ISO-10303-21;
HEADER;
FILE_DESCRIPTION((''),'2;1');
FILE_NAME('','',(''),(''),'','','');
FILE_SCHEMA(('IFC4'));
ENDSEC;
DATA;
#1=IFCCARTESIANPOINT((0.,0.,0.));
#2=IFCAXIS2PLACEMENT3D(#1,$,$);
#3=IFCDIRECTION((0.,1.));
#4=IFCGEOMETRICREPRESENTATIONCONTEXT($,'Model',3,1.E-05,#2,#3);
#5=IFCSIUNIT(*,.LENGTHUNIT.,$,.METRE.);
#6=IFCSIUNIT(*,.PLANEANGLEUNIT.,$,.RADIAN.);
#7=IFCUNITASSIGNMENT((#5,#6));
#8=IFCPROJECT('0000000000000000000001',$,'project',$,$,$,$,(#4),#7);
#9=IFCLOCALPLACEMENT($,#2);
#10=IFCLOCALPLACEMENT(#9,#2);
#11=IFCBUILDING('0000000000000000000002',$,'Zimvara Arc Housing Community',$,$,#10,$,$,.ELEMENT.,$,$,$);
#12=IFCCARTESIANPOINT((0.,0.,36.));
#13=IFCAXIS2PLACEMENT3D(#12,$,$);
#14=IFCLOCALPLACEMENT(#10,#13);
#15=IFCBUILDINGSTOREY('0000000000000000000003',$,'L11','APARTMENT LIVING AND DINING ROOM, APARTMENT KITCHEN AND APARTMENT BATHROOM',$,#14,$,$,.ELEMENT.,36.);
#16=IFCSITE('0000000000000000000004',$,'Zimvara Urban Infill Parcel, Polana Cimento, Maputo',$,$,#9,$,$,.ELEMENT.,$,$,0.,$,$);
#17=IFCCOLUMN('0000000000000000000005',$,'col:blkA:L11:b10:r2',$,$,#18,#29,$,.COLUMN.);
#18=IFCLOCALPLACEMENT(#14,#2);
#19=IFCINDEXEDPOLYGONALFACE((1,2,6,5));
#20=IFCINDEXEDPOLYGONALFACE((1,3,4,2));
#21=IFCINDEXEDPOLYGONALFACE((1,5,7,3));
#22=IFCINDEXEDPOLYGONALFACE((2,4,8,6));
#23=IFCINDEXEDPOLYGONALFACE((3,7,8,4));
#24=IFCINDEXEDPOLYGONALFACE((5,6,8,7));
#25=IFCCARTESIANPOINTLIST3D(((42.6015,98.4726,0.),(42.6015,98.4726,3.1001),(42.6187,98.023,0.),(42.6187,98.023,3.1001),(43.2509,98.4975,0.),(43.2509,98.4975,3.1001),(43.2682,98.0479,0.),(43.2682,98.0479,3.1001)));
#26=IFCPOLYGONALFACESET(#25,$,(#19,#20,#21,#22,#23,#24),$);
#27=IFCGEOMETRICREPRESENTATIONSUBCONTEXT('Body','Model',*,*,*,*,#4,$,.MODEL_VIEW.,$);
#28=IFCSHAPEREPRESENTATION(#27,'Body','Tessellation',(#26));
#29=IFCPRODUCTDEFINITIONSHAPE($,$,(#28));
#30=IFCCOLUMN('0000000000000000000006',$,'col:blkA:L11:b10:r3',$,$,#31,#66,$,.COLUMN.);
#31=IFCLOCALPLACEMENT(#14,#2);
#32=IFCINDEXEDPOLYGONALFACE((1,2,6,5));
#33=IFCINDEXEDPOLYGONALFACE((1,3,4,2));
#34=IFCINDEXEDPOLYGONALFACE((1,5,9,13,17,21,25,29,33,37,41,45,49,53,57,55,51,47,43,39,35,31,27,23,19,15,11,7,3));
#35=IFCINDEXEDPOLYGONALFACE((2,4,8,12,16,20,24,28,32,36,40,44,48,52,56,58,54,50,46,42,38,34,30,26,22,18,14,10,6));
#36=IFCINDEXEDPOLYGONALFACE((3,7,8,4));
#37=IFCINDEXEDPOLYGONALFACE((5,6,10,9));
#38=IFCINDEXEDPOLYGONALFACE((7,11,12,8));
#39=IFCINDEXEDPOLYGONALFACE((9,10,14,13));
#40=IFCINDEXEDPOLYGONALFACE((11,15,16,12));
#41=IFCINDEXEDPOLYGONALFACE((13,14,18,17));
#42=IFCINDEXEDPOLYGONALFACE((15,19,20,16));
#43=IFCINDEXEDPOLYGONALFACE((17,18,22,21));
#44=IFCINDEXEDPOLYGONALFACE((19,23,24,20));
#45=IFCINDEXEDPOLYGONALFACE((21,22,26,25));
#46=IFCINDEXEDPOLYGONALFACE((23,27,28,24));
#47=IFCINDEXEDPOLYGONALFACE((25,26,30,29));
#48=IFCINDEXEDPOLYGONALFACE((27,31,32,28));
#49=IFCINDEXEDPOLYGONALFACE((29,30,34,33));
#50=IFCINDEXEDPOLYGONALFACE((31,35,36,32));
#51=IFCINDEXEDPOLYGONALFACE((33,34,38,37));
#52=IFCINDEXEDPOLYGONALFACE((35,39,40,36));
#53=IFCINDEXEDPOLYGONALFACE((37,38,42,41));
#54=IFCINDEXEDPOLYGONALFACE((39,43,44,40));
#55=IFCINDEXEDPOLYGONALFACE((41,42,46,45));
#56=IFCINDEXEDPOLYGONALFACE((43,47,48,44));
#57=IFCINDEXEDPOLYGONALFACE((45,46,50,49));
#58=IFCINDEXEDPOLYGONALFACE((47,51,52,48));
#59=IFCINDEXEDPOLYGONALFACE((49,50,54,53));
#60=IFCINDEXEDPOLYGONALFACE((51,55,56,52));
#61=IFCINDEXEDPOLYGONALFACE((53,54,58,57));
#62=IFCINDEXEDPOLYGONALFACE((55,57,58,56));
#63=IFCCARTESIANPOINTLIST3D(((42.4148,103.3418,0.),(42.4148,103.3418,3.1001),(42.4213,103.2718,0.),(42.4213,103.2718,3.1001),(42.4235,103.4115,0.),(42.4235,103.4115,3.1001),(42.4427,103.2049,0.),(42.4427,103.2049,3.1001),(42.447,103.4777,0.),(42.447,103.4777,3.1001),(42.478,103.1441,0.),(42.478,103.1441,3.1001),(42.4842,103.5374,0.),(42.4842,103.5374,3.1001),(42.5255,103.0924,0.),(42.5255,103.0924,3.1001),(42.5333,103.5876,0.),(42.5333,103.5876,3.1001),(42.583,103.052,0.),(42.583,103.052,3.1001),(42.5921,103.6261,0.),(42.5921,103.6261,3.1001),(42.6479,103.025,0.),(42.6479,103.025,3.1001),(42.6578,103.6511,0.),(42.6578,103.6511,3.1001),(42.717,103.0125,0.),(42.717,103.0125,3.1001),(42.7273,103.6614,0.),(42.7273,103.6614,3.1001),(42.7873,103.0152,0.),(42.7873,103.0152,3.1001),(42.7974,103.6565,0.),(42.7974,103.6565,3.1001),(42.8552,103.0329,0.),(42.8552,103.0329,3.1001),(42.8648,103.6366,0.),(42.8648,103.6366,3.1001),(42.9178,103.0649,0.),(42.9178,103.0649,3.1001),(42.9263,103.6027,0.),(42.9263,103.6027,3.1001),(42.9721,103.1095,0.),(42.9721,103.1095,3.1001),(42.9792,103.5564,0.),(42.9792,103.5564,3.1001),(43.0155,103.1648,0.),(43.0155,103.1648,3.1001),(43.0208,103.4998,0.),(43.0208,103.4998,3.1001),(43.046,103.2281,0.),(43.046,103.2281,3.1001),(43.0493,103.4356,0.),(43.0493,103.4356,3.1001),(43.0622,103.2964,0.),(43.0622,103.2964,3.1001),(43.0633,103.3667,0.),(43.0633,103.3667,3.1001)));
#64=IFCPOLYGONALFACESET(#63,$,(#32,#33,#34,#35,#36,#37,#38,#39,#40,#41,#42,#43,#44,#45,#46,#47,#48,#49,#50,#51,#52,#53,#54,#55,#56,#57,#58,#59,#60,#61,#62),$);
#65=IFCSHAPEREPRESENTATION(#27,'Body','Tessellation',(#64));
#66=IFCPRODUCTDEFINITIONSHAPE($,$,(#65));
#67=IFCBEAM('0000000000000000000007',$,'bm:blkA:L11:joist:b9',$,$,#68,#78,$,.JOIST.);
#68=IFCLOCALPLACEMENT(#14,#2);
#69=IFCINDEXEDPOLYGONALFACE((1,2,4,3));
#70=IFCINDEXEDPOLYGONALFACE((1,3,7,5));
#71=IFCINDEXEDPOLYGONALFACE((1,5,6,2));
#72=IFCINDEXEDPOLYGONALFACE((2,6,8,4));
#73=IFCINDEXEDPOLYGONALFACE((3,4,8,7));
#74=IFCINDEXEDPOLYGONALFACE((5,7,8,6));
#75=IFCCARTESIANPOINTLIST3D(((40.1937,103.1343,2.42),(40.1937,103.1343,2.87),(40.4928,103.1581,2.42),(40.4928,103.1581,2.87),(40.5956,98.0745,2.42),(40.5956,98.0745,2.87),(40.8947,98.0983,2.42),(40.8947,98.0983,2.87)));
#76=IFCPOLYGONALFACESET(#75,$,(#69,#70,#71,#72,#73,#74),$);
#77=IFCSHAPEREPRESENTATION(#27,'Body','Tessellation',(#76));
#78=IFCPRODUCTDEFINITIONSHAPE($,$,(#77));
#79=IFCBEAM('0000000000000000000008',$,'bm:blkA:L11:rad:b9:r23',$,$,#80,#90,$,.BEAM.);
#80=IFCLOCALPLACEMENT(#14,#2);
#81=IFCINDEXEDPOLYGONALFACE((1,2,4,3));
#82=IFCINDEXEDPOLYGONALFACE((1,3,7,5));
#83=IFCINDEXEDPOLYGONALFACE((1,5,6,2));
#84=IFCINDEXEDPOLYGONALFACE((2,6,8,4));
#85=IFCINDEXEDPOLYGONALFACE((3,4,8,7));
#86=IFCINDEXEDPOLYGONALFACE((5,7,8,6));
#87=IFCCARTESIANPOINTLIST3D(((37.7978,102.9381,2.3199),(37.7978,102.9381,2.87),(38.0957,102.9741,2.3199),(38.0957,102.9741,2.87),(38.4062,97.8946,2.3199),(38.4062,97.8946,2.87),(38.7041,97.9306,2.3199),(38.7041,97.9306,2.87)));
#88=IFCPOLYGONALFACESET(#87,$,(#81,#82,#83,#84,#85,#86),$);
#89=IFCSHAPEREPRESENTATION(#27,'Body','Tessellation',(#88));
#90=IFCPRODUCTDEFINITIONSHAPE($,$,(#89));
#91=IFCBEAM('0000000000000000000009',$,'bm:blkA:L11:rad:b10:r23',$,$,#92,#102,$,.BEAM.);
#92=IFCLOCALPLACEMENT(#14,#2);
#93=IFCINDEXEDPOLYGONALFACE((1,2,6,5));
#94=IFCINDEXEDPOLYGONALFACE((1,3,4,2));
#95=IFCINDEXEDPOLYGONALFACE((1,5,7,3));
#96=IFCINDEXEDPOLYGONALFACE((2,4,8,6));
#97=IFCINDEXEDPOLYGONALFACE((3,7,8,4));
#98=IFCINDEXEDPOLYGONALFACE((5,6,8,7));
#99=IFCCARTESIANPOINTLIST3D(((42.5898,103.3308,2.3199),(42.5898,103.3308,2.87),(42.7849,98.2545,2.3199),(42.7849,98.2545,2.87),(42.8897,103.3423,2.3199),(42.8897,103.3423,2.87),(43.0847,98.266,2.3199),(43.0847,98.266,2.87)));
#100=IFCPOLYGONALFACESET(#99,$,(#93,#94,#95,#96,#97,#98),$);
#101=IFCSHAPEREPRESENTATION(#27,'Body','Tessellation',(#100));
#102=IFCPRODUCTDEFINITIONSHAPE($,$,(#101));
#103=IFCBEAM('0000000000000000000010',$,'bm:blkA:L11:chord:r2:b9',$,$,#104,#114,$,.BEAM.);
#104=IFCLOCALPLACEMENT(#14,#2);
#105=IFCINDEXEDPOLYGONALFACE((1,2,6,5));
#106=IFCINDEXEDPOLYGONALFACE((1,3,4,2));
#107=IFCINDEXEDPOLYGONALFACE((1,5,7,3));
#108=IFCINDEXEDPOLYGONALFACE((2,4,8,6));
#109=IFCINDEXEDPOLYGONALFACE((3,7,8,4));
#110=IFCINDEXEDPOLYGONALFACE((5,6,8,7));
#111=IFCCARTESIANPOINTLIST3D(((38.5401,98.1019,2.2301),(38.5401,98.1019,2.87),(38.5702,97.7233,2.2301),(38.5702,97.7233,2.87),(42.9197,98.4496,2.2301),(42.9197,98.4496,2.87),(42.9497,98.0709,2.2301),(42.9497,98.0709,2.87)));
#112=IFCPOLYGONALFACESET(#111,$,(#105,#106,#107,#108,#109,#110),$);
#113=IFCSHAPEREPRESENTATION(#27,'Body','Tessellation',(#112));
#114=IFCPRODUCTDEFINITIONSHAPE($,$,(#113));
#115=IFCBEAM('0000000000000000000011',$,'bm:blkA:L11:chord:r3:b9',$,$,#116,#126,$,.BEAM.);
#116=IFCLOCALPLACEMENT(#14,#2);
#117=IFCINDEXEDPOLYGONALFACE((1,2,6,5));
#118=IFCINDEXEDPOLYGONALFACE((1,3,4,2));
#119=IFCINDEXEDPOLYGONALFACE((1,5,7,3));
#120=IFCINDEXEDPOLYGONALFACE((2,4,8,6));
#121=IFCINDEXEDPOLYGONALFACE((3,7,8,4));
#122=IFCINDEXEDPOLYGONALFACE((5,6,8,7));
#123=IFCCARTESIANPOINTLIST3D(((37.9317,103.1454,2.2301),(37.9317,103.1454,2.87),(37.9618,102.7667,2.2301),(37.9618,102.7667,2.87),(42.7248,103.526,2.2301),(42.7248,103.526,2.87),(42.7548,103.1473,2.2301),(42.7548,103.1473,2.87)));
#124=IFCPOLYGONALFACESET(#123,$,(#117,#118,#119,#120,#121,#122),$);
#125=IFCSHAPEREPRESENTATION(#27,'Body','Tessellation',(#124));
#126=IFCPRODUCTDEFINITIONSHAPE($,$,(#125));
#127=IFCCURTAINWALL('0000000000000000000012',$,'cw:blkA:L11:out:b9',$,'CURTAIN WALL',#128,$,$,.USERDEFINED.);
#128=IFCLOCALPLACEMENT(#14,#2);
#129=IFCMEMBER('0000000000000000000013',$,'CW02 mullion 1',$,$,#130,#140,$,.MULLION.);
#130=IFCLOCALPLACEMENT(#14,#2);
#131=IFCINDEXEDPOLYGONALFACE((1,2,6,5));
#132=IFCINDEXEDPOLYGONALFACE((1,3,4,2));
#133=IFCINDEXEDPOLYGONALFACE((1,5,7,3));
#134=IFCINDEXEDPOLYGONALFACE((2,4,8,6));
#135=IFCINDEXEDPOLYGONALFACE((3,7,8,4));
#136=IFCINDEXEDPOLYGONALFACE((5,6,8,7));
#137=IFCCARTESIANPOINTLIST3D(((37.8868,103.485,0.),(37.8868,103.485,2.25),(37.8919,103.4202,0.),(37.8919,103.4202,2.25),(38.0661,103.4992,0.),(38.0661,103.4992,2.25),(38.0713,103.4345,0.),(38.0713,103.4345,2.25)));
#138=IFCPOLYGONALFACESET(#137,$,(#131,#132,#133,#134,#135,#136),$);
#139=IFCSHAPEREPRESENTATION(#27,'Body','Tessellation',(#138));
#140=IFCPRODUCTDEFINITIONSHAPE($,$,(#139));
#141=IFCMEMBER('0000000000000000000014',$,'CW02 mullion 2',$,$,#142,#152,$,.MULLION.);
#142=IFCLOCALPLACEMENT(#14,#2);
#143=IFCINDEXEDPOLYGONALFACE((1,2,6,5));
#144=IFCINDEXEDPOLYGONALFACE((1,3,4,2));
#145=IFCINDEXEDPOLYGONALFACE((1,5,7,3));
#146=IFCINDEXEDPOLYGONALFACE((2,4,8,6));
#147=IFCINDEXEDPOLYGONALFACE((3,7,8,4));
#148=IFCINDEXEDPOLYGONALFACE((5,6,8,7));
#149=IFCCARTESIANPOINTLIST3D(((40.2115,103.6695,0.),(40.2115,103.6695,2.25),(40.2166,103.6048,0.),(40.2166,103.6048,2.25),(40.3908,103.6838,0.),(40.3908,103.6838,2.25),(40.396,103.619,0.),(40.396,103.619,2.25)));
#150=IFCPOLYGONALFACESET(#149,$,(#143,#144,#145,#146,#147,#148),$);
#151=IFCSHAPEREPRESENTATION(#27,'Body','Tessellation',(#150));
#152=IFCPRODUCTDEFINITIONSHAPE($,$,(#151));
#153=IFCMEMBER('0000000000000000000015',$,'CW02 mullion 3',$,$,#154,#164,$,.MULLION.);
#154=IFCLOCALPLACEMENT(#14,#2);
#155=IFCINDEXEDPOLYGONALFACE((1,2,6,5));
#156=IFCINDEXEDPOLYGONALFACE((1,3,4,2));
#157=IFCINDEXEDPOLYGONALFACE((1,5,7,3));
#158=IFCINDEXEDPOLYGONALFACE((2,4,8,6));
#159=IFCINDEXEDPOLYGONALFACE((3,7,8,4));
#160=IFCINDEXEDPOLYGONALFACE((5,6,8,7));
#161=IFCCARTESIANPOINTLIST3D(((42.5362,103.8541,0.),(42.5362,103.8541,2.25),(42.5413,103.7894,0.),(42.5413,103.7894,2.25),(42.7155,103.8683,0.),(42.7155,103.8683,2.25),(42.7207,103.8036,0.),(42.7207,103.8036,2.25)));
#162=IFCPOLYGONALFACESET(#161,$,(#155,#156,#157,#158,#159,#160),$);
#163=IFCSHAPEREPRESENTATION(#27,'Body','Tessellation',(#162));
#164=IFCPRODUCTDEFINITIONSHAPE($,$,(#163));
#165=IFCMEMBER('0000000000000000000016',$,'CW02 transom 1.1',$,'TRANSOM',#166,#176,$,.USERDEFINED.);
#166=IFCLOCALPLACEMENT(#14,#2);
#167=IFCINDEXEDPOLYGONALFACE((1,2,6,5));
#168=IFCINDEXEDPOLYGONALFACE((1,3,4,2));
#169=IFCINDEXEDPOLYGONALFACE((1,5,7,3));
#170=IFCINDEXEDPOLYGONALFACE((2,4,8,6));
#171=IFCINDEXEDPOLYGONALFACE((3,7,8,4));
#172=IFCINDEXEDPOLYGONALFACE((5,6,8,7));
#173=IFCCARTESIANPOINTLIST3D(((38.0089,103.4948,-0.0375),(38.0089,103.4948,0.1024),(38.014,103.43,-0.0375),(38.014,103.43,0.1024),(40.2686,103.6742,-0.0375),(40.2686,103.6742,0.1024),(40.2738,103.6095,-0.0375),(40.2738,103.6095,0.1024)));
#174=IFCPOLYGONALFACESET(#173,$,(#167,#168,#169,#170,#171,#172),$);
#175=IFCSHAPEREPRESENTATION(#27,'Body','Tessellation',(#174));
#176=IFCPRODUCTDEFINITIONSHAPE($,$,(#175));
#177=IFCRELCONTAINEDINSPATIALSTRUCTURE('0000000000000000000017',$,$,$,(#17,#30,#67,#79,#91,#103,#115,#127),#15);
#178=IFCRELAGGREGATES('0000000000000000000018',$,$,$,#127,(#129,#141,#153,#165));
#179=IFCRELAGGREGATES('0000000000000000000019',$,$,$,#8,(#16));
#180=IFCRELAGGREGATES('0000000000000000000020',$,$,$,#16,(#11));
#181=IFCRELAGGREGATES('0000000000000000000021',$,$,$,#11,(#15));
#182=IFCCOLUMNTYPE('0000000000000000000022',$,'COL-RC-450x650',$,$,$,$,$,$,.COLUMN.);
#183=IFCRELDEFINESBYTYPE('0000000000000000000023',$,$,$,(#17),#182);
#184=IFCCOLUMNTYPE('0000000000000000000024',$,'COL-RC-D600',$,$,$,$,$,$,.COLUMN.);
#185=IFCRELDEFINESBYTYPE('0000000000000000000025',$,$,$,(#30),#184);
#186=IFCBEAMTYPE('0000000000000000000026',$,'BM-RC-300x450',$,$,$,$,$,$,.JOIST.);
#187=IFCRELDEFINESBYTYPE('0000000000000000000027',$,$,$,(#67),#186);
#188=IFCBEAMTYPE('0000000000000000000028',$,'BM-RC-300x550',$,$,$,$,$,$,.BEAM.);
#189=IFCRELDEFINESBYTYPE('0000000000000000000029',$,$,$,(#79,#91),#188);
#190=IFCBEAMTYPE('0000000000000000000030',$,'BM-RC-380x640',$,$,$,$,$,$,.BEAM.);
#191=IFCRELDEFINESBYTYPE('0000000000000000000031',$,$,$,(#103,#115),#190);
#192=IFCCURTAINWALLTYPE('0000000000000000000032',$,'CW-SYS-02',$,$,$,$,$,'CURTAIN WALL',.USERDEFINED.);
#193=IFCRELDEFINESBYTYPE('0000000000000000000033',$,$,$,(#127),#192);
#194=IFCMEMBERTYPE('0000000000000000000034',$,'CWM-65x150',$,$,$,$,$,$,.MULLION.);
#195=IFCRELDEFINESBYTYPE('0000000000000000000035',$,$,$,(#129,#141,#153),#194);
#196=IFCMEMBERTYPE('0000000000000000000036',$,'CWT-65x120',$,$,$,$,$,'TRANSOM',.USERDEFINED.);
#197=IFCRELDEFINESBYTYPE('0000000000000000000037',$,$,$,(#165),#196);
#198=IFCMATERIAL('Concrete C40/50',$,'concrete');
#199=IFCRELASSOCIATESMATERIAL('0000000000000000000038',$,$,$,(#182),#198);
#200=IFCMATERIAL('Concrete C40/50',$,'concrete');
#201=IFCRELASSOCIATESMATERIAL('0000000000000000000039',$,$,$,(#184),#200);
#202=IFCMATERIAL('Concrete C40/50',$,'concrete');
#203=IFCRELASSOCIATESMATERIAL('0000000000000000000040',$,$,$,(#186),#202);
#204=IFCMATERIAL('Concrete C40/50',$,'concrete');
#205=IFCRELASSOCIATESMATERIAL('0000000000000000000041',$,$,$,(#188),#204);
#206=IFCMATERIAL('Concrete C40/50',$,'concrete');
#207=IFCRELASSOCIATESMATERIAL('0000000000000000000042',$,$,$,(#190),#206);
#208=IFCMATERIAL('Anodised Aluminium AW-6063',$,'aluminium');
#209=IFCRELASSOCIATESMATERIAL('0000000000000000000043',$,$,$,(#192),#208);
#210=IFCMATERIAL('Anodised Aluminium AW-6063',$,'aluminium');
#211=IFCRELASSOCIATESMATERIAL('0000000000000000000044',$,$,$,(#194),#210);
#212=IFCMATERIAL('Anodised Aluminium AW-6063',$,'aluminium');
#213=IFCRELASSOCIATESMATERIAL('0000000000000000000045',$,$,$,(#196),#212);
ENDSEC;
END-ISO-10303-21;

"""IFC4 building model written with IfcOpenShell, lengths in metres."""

from ifc_helpers import new_model, si_unit, direction, frame, origin, origin_2d, place, context, subcontext, project, spatial, rectangle, circle, extrude, material, material_profile, profile_set, type_object, element, aggregate, save


model = new_model("IFC4")

# Units and contexts
model_context = context("Model", 3, precision=1e-05, world=origin(), true_north=direction((0.0, 1.0)))
body_context = subcontext(model_context, "Body", "Model", "MODEL_VIEW")
ifc_project = project(units=[si_unit("LENGTHUNIT", "METRE"), si_unit("PLANEANGLEUNIT", "RADIAN")], contexts=[model_context])

# Site, building, storey
site_placement = place(None, origin())
site = spatial("IfcSite", under=ifc_project, at=site_placement, Name="Zimvara Urban Infill Parcel, Polana Cimento, Maputo", CompositionType="ELEMENT", RefElevation=0.0)
building_placement = place(site_placement, origin())
building = spatial("IfcBuilding", under=site, at=building_placement, Name="Zimvara Arc Housing Community", CompositionType="ELEMENT")
storey_placement = place(building_placement, frame((0.0, 0.0, 36.0)))
storey = spatial("IfcBuildingStorey", under=building, at=storey_placement, Name="L11", Description="APARTMENT LIVING AND DINING ROOM, APARTMENT KITCHEN AND APARTMENT BATHROOM", CompositionType="ELEMENT", Elevation=36.0)

# Columns
ifc_material_1 = material(Name="Concrete C40/50", Category="concrete")
ifc_material_profile_1 = material_profile(ifc_material_1, rectangle(XDim=0.45, YDim=0.6499, at=origin_2d()), Name="RC 450x650")
ifc_profile_set_1 = profile_set([ifc_material_profile_1], Name="Concrete C40/50")
column_type_1 = type_object("IfcColumnType", Name="COL-RC-450x650", PredefinedType="COLUMN", material=ifc_profile_set_1)
column_1_placement = place(storey_placement, frame((42.9348, 98.2603, 0.0), z_axis=(0.0, 0.0, 1.0), x_axis=(-0.038388, 0.999263, 0.0)))
element("IfcColumn", 1, at=column_1_placement, inside=storey, type_object=column_type_1, Name="col:blkA:L11:b10:r2", PredefinedType="COLUMN", context=body_context, shape_type="SweptSolid", body=[
    extrude(rectangle(XDim=0.45, YDim=0.6499, at=origin_2d()), origin(), (0.0, 0.0, 1.0), 3.1001),
])
ifc_material_2 = material(Name="Concrete C40/50", Category="concrete")
ifc_material_profile_2 = material_profile(ifc_material_2, circle(Radius=0.325, at=origin_2d()), Name="RC D650")
ifc_profile_set_2 = profile_set([ifc_material_profile_2], Name="Concrete C40/50")
column_type_2 = type_object("IfcColumnType", Name="COL-RC-D600", PredefinedType="COLUMN", material=ifc_profile_set_2)
column_2_placement = place(storey_placement, frame((42.7397, 103.3367, 0.0), z_axis=(0.0, 0.0, 1.0), x_axis=(-0.038388, 0.999263, 0.0)))
element("IfcColumn", 2, at=column_2_placement, inside=storey, type_object=column_type_2, Name="col:blkA:L11:b10:r3", PredefinedType="COLUMN", context=body_context, shape_type="SweptSolid", body=[
    extrude(circle(Radius=0.325, at=origin_2d()), origin(), (0.0, 0.0, 1.0), 3.1001),
])

# Beams
ifc_material_3 = material(Name="Concrete C40/50", Category="concrete")
ifc_material_profile_3 = material_profile(ifc_material_3, rectangle(XDim=0.3, YDim=0.45, at=origin_2d()), Name="RC 300x450")
ifc_profile_set_3 = profile_set([ifc_material_profile_3], Name="Concrete C40/50")
beam_type_1 = type_object("IfcBeamType", Name="BM-RC-300x450", PredefinedType="JOIST", material=ifc_profile_set_3)
beam_1_placement = place(storey_placement, frame((40.7451, 98.0864, 2.645), z_axis=(-0.079172, 0.996861, 0.0), x_axis=(-0.996861, -0.079172, 0.0)))
element("IfcBeam", 3, at=beam_1_placement, inside=storey, type_object=beam_type_1, Name="bm:blkA:L11:joist:b9", PredefinedType="JOIST", context=body_context, shape_type="SweptSolid", body=[
    extrude(rectangle(XDim=0.3, YDim=0.45, at=origin_2d()), origin(), (0.0, 0.0, 1.0), 5.0757),
])
ifc_material_4 = material(Name="Concrete C40/50", Category="concrete")
ifc_material_profile_4 = material_profile(ifc_material_4, rectangle(XDim=0.3, YDim=0.55, at=origin_2d()), Name="RC 300x550")
ifc_profile_set_4 = profile_set([ifc_material_profile_4], Name="Concrete C40/50")
beam_type_2 = type_object("IfcBeamType", Name="BM-RC-300x550", PredefinedType="BEAM", material=ifc_profile_set_4)
for number, where, z_axis, x_axis, name in (
    (4, (38.5552, 97.9126, 2.595), (-0.119763, 0.992803, 0.0), (-0.992803, -0.119763, 0.0), "bm:blkA:L11:rad:b9:r23"),
    (5, (42.9348, 98.2603, 2.595), (-0.038398, 0.999263, 0.0), (-0.999263, -0.038398, 0.0), "bm:blkA:L11:rad:b10:r23"),
):
    element("IfcBeam", number, at=place(storey_placement, frame(where, z_axis=z_axis, x_axis=x_axis)), inside=storey, type_object=beam_type_2, Name=name, PredefinedType="BEAM", context=body_context, shape_type="SweptSolid", body=[
        extrude(rectangle(XDim=0.3, YDim=0.55, at=origin_2d()), origin(), (0.0, 0.0, 1.0), 5.0801),
    ])
ifc_material_5 = material(Name="Concrete C40/50", Category="concrete")
ifc_material_profile_5 = material_profile(ifc_material_5, rectangle(XDim=0.3799, YDim=0.6399, at=origin_2d()), Name="RC 380x640")
ifc_profile_set_5 = profile_set([ifc_material_profile_5], Name="Concrete C40/50")
beam_type_3 = type_object("IfcBeamType", Name="BM-RC-380x640", PredefinedType="BEAM", material=ifc_profile_set_5)
beam_2_placement = place(storey_placement, frame((38.5552, 97.9126, 2.55), z_axis=(0.996864, 0.079131, 0.0), x_axis=(-0.079131, 0.996864, 0.0)))
element("IfcBeam", 6, at=beam_2_placement, inside=storey, type_object=beam_type_3, Name="bm:blkA:L11:chord:r2:b9", PredefinedType="BEAM", context=body_context, shape_type="SweptSolid", body=[
    extrude(rectangle(XDim=0.3799, YDim=0.6399, at=origin_2d()), origin(), (0.0, 0.0, 1.0), 4.3933),
])
beam_3_placement = place(storey_placement, frame((37.9468, 102.9561, 2.55), z_axis=(0.996862, 0.079162, 0.0), x_axis=(-0.079162, 0.996862, 0.0)))
element("IfcBeam", 7, at=beam_3_placement, inside=storey, type_object=beam_type_3, Name="bm:blkA:L11:chord:r3:b9", PredefinedType="BEAM", context=body_context, shape_type="SweptSolid", body=[
    extrude(rectangle(XDim=0.3799, YDim=0.6399, at=origin_2d()), origin(), (0.0, 0.0, 1.0), 4.8081),
])

# Curtain wall, members
ifc_material_6 = material(Name="Anodised Aluminium AW-6063", Category="aluminium")
curtain_wall_type = type_object("IfcCurtainWallType", Name="CW-SYS-02", ElementType="CURTAIN WALL", PredefinedType="USERDEFINED", material=ifc_material_6)
curtain_wall_placement = place(storey_placement, origin())
curtain_wall = element("IfcCurtainWall", 8, at=curtain_wall_placement, inside=storey, type_object=curtain_wall_type, Name="cw:blkA:L11:out:b9", ObjectType="CURTAIN WALL", PredefinedType="USERDEFINED")
ifc_material_7 = material(Name="Anodised Aluminium AW-6063", Category="aluminium")
ifc_material_profile_6 = material_profile(ifc_material_7, rectangle(XDim=0.0649, YDim=0.1799, at=origin_2d()), Name="ALU 65x180")
ifc_profile_set_6 = profile_set([ifc_material_profile_6], Name="Anodised Aluminium AW-6063")
member_type_1 = type_object("IfcMemberType", Name="CWM-65x150", PredefinedType="MULLION", material=ifc_profile_set_6)
member_1_placement = place(storey_placement, frame((37.979, 103.4597, 0.0), z_axis=(0.0, 0.0, 1.0), x_axis=(-0.079154, 0.996862, 0.0)))
member_1 = element("IfcMember", 9, at=member_1_placement, type_object=member_type_1, Name="CW02 mullion 1", PredefinedType="MULLION", context=body_context, shape_type="SweptSolid", body=[
    extrude(rectangle(XDim=0.0649, YDim=0.1799, at=origin_2d()), origin(), (0.0, 0.0, 1.0), 2.25),
])
member_2_placement = place(storey_placement, frame((40.3037, 103.6443, 0.0), z_axis=(0.0, 0.0, 1.0), x_axis=(-0.079154, 0.996862, 0.0)))
member_2 = element("IfcMember", 10, at=member_2_placement, type_object=member_type_1, Name="CW02 mullion 2", PredefinedType="MULLION", context=body_context, shape_type="SweptSolid", body=[
    extrude(rectangle(XDim=0.0649, YDim=0.1799, at=origin_2d()), origin(), (0.0, 0.0, 1.0), 2.25),
])
member_3_placement = place(storey_placement, frame((42.6284, 103.8289, 0.0), z_axis=(0.0, 0.0, 1.0), x_axis=(-0.079154, 0.996862, 0.0)))
member_3 = element("IfcMember", 11, at=member_3_placement, type_object=member_type_1, Name="CW02 mullion 3", PredefinedType="MULLION", context=body_context, shape_type="SweptSolid", body=[
    extrude(rectangle(XDim=0.0649, YDim=0.1799, at=origin_2d()), origin(), (0.0, 0.0, 1.0), 2.25),
])
ifc_material_8 = material(Name="Anodised Aluminium AW-6063", Category="aluminium")
ifc_material_profile_7 = material_profile(ifc_material_8, rectangle(XDim=0.0649, YDim=0.1399, at=origin_2d()), Name="ALU 65x140")
ifc_profile_set_7 = profile_set([ifc_material_profile_7], Name="Anodised Aluminium AW-6063")
member_type_2 = type_object("IfcMemberType", Name="CWT-65x120", ElementType="TRANSOM", PredefinedType="USERDEFINED", material=ifc_profile_set_7)
member_4_placement = place(storey_placement, frame((38.0115, 103.4624, 0.0325), z_axis=(0.996862, 0.079159, 0.0), x_axis=(-0.079159, 0.996862, 0.0)))
member_4 = element("IfcMember", 12, at=member_4_placement, type_object=member_type_2, Name="CW02 transom 1.1", ObjectType="TRANSOM", PredefinedType="USERDEFINED", context=body_context, shape_type="SweptSolid", body=[
    extrude(rectangle(XDim=0.0649, YDim=0.1399, at=origin_2d()), origin(), (0.0, 0.0, 1.0), 2.2668),
])
aggregate(curtain_wall, [member_1, member_2, member_3, member_4])

save(model, "model.ifc")
